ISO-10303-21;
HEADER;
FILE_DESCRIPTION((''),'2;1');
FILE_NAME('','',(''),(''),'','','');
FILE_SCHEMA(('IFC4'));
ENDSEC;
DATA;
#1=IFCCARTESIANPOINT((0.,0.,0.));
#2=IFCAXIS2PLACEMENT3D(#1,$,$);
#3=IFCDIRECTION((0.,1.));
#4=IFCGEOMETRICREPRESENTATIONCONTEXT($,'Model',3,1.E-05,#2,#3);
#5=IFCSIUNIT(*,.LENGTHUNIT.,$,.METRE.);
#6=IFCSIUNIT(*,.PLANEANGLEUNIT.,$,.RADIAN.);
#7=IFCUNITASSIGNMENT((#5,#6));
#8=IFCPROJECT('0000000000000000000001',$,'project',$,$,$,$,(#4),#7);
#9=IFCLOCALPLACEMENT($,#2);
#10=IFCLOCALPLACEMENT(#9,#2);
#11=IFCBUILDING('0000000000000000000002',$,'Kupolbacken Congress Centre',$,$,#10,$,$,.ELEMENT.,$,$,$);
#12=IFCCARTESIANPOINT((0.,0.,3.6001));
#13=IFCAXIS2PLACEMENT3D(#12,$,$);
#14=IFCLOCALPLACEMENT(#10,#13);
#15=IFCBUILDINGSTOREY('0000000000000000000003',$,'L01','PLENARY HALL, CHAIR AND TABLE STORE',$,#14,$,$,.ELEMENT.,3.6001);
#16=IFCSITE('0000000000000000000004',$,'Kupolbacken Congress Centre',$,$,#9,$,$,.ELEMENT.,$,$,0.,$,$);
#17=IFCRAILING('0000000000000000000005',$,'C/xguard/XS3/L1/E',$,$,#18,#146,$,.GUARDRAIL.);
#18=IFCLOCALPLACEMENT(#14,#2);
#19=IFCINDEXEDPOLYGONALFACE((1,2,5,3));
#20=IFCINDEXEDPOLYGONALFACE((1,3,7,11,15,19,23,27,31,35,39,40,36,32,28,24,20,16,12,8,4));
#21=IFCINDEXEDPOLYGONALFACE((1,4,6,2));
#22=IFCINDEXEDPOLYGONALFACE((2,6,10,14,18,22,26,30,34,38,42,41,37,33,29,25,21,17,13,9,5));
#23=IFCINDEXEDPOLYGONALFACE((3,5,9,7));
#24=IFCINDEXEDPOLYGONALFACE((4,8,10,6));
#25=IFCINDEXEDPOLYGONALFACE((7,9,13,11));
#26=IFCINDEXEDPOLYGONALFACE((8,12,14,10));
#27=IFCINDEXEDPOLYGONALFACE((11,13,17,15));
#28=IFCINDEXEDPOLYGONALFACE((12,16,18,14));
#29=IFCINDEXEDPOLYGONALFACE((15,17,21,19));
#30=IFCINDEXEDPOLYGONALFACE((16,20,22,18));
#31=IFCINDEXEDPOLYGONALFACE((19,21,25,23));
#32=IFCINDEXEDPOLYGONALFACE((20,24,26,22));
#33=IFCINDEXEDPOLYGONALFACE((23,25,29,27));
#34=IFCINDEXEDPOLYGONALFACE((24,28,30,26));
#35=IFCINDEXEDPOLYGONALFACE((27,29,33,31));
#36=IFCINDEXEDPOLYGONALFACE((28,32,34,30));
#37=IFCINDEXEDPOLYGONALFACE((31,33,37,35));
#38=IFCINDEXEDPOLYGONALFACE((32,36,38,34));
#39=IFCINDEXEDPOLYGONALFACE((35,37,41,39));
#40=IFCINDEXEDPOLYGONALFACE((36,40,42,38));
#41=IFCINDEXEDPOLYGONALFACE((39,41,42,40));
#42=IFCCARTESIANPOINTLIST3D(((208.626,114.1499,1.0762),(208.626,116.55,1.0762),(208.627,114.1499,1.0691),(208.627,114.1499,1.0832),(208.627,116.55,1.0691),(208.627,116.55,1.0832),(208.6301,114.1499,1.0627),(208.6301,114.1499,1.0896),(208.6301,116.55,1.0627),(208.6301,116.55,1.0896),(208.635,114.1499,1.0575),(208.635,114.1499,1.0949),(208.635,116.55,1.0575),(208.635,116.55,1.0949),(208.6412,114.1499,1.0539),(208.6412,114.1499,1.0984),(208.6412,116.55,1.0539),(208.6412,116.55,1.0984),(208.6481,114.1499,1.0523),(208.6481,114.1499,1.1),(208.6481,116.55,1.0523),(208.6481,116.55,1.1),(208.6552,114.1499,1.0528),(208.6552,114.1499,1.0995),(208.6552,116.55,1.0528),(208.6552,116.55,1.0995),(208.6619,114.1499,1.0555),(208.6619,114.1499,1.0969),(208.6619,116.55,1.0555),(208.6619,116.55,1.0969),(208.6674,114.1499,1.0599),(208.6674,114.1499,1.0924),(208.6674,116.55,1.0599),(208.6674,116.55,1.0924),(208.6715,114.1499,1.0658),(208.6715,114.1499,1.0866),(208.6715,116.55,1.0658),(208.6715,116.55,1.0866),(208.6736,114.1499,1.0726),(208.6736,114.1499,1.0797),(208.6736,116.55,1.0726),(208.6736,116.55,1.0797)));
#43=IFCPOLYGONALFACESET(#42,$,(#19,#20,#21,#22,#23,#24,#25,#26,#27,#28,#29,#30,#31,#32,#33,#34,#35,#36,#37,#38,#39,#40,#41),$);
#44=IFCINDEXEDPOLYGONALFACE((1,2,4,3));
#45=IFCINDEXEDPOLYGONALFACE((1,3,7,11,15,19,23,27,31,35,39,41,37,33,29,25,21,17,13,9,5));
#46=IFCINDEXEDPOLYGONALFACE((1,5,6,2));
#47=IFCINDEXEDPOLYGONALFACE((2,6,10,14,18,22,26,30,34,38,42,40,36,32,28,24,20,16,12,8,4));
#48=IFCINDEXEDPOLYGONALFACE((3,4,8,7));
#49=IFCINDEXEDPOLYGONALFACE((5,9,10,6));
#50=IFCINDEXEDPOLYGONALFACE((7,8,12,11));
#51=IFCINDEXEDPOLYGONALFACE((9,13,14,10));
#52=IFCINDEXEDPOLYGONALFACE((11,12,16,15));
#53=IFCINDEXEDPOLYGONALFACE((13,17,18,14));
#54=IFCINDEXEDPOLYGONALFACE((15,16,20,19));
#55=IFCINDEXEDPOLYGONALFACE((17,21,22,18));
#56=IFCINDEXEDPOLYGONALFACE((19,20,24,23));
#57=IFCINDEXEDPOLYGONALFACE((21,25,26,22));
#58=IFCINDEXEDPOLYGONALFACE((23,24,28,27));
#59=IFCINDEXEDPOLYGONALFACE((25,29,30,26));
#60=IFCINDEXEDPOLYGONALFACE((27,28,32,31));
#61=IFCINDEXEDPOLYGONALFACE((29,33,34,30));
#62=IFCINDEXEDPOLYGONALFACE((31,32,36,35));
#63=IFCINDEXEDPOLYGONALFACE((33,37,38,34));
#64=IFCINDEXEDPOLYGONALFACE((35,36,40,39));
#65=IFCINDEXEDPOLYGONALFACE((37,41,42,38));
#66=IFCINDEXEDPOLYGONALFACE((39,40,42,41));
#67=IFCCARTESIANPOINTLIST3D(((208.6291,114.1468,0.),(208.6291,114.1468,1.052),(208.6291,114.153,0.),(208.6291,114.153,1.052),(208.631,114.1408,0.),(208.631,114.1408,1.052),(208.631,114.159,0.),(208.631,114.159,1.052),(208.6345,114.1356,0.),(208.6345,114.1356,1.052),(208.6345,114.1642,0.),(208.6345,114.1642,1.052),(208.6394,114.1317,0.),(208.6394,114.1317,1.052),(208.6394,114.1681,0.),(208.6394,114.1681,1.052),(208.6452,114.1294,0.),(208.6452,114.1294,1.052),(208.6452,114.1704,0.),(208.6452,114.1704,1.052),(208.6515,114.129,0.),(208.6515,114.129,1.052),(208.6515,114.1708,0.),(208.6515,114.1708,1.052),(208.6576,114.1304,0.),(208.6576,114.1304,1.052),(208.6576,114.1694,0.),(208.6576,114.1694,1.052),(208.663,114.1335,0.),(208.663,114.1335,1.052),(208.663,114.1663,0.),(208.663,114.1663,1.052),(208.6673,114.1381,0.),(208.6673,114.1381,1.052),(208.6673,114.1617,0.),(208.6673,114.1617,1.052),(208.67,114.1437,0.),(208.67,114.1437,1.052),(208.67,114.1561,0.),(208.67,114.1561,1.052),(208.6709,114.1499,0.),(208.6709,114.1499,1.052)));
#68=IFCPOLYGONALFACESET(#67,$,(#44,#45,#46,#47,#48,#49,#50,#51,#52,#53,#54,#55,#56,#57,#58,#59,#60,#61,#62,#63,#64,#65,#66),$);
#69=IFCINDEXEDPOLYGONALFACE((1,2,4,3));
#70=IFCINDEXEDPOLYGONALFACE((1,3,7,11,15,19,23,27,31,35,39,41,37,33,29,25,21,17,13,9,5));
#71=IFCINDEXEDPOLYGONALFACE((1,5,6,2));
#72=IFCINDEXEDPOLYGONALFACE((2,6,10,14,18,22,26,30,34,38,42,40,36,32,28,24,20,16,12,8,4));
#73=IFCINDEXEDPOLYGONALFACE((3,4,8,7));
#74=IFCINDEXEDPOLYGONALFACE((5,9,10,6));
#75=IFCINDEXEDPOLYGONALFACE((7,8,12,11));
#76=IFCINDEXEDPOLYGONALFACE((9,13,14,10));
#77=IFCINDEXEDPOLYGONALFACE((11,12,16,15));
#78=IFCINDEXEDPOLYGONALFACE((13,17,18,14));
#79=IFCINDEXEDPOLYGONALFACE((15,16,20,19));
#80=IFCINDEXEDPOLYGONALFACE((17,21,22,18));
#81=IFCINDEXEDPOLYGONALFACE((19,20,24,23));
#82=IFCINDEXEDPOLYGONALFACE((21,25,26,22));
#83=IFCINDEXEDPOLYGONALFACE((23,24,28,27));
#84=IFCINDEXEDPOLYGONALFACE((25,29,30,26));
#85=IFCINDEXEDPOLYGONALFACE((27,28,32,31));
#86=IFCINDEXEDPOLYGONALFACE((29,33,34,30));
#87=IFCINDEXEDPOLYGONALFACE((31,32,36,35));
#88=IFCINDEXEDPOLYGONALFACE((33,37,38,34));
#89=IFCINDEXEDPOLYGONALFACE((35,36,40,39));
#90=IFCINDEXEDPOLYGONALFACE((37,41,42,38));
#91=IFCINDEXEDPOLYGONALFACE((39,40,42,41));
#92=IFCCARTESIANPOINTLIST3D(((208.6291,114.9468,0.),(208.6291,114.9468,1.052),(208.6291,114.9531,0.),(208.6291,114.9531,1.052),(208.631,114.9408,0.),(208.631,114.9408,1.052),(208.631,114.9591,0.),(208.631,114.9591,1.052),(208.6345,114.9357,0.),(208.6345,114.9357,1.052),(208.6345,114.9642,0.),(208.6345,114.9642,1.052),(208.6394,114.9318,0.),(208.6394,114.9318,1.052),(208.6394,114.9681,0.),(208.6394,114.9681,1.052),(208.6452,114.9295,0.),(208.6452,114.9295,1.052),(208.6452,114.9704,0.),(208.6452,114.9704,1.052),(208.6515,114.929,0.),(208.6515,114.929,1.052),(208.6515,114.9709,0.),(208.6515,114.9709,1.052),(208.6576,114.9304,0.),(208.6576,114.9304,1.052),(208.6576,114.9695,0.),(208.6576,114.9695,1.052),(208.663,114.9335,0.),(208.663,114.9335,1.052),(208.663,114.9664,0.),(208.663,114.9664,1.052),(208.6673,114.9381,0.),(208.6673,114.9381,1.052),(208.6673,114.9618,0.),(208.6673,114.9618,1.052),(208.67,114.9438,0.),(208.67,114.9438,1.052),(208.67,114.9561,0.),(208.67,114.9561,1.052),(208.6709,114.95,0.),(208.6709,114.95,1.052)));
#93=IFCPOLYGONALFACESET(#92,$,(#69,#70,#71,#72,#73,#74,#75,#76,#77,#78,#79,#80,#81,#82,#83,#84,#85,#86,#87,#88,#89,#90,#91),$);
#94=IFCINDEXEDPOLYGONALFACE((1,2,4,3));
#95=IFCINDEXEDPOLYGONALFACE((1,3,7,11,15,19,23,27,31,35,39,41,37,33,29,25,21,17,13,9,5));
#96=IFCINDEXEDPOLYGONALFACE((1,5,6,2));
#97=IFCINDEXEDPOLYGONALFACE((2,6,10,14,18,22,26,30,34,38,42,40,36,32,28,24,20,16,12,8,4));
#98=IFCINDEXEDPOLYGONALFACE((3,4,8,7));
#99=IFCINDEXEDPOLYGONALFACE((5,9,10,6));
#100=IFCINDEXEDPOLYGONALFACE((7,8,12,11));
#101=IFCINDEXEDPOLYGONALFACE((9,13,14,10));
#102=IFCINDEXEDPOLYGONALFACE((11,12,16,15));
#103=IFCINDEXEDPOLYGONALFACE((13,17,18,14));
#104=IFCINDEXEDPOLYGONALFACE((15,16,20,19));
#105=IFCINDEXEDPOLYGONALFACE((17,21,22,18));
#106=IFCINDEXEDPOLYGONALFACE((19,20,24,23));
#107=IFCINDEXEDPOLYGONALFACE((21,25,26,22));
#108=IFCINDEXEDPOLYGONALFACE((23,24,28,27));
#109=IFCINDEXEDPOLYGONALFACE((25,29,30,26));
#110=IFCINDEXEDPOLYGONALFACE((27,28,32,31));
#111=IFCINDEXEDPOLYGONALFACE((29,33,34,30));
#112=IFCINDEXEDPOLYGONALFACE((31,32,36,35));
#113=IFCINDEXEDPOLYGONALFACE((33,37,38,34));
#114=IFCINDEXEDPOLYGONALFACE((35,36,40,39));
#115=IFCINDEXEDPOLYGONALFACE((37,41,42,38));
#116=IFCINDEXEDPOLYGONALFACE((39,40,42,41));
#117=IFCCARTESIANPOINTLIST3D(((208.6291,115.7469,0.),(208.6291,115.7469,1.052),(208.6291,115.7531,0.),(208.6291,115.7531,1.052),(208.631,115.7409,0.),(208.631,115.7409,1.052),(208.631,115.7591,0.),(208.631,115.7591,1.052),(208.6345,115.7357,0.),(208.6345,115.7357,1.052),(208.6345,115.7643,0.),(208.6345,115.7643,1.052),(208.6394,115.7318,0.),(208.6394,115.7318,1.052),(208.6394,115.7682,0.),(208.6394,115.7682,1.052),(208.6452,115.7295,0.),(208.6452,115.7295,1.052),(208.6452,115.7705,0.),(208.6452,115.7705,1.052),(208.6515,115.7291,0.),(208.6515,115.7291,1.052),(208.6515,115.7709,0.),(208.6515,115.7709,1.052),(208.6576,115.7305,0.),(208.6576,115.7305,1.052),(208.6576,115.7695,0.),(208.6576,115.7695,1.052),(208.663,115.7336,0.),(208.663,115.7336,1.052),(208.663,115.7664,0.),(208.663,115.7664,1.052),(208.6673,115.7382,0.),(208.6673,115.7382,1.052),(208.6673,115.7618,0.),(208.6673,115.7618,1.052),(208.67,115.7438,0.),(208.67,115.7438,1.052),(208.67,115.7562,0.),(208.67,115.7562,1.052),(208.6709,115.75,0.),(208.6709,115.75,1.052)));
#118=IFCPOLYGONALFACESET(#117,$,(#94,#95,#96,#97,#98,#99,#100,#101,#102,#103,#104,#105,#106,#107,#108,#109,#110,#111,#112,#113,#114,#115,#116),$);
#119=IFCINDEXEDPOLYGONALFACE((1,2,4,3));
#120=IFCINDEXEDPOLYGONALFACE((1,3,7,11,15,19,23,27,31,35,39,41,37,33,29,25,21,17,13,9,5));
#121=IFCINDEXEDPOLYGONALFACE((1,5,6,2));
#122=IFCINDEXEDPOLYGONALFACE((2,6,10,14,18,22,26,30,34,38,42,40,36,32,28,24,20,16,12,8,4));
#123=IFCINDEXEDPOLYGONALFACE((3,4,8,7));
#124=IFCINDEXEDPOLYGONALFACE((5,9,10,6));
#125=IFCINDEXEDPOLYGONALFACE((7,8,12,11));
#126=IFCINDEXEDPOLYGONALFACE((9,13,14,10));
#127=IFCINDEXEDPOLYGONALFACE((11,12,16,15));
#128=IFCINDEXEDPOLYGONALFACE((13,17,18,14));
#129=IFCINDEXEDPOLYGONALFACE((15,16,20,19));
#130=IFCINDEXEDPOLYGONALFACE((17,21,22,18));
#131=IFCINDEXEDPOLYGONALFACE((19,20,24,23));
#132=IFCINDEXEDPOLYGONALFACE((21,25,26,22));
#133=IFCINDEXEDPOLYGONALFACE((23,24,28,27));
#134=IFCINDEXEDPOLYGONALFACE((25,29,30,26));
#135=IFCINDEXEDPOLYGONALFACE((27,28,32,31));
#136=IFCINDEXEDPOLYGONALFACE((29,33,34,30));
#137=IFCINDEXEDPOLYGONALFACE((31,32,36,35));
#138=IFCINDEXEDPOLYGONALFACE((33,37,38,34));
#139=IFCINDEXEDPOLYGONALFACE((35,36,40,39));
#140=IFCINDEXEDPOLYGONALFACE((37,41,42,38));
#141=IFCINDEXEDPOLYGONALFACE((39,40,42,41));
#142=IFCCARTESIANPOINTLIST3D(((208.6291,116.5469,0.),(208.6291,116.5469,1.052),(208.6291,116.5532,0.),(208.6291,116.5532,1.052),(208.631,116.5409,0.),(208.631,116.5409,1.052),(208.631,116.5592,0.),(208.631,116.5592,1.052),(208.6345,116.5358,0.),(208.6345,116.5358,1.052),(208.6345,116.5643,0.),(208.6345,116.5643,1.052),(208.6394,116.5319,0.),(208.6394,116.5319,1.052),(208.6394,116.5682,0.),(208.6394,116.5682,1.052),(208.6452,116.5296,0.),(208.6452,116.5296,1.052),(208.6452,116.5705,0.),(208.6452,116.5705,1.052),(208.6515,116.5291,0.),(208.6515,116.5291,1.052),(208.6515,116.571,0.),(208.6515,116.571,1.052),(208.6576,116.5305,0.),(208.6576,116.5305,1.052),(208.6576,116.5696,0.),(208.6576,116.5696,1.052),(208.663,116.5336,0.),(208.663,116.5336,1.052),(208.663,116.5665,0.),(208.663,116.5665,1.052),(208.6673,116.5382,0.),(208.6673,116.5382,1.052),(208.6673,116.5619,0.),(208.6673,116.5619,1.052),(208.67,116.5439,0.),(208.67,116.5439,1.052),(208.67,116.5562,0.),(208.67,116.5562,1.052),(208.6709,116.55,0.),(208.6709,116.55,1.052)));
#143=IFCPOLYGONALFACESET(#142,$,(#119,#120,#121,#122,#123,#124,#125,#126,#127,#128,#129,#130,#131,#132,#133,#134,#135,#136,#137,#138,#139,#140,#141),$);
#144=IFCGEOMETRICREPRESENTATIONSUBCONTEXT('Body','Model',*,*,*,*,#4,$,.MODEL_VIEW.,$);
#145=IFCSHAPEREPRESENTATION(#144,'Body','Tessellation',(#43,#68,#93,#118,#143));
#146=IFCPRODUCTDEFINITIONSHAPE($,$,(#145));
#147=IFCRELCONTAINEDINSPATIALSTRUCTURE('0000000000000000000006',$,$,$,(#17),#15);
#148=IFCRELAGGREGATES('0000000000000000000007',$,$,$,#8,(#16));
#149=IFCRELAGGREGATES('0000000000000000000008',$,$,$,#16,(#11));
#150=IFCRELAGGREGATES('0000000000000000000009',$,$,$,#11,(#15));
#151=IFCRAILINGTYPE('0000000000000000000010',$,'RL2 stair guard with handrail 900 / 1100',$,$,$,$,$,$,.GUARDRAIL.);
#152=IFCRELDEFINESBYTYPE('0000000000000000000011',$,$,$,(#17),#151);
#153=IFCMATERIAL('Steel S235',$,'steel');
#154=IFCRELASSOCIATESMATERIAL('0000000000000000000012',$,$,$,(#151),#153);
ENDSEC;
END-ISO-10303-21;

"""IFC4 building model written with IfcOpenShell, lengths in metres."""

from ifc_helpers import new_model, si_unit, direction, frame, origin, origin_2d, place, context, subcontext, project, spatial, circle, extrude, material, type_object, element, save


model = new_model("IFC4")

# Units and contexts
model_context = context("Model", 3, precision=1e-05, world=origin(), true_north=direction((0.0, 1.0)))
body_context = subcontext(model_context, "Body", "Model", "MODEL_VIEW")
ifc_project = project(units=[si_unit("LENGTHUNIT", "METRE"), si_unit("PLANEANGLEUNIT", "RADIAN")], contexts=[model_context])

# Site, building, storey
site_placement = place(None, origin())
site = spatial("IfcSite", under=ifc_project, at=site_placement, Name="Kupolbacken Congress Centre", CompositionType="ELEMENT", RefElevation=0.0)
building_placement = place(site_placement, origin())
building = spatial("IfcBuilding", under=site, at=building_placement, Name="Kupolbacken Congress Centre", CompositionType="ELEMENT")
storey_placement = place(building_placement, frame((0.0, 0.0, 3.6001)))
storey = spatial("IfcBuildingStorey", under=building, at=storey_placement, Name="L01", Description="PLENARY HALL, CHAIR AND TABLE STORE", CompositionType="ELEMENT", Elevation=3.6001)

# Railing
ifc_material_1 = material(Name="Steel S235", Category="steel")
railing_type = type_object("IfcRailingType", Name="RL2 stair guard with handrail 900 / 1100", PredefinedType="GUARDRAIL", material=ifc_material_1)
for number, where, name in (
    (1, (208.6499, 114.1499, 0.0), "C/xguard/XS3/L1/E"),
):
    element("IfcRailing", number, at=place(storey_placement, frame(where)), inside=storey, type_object=railing_type, Name=name, PredefinedType="GUARDRAIL", context=body_context, shape_type="SweptSolid", body=[
        extrude(circle(Radius=0.0239, at=origin_2d()), frame((0.0, 0.0, 1.0762), z_axis=(0.0, 1.0, 0.0), x_axis=(-1.0, 0.0, 0.0)), (0.0, 0.0, 1.0), 2.4001),
        extrude(circle(Radius=0.021, at=origin_2d()), origin(), (0.0, 0.0, 1.0), 1.052),
        extrude(circle(Radius=0.021, at=origin_2d()), frame((0.0, 0.8, 0.0)), (0.0, 0.0, 1.0), 1.052),
        extrude(circle(Radius=0.021, at=origin_2d()), frame((0.0, 1.6001, 0.0)), (0.0, 0.0, 1.0), 1.052),
        extrude(circle(Radius=0.021, at=origin_2d()), frame((0.0, 2.4001, 0.0)), (0.0, 0.0, 1.0), 1.052),
    ])

save(model, "model.ifc")
